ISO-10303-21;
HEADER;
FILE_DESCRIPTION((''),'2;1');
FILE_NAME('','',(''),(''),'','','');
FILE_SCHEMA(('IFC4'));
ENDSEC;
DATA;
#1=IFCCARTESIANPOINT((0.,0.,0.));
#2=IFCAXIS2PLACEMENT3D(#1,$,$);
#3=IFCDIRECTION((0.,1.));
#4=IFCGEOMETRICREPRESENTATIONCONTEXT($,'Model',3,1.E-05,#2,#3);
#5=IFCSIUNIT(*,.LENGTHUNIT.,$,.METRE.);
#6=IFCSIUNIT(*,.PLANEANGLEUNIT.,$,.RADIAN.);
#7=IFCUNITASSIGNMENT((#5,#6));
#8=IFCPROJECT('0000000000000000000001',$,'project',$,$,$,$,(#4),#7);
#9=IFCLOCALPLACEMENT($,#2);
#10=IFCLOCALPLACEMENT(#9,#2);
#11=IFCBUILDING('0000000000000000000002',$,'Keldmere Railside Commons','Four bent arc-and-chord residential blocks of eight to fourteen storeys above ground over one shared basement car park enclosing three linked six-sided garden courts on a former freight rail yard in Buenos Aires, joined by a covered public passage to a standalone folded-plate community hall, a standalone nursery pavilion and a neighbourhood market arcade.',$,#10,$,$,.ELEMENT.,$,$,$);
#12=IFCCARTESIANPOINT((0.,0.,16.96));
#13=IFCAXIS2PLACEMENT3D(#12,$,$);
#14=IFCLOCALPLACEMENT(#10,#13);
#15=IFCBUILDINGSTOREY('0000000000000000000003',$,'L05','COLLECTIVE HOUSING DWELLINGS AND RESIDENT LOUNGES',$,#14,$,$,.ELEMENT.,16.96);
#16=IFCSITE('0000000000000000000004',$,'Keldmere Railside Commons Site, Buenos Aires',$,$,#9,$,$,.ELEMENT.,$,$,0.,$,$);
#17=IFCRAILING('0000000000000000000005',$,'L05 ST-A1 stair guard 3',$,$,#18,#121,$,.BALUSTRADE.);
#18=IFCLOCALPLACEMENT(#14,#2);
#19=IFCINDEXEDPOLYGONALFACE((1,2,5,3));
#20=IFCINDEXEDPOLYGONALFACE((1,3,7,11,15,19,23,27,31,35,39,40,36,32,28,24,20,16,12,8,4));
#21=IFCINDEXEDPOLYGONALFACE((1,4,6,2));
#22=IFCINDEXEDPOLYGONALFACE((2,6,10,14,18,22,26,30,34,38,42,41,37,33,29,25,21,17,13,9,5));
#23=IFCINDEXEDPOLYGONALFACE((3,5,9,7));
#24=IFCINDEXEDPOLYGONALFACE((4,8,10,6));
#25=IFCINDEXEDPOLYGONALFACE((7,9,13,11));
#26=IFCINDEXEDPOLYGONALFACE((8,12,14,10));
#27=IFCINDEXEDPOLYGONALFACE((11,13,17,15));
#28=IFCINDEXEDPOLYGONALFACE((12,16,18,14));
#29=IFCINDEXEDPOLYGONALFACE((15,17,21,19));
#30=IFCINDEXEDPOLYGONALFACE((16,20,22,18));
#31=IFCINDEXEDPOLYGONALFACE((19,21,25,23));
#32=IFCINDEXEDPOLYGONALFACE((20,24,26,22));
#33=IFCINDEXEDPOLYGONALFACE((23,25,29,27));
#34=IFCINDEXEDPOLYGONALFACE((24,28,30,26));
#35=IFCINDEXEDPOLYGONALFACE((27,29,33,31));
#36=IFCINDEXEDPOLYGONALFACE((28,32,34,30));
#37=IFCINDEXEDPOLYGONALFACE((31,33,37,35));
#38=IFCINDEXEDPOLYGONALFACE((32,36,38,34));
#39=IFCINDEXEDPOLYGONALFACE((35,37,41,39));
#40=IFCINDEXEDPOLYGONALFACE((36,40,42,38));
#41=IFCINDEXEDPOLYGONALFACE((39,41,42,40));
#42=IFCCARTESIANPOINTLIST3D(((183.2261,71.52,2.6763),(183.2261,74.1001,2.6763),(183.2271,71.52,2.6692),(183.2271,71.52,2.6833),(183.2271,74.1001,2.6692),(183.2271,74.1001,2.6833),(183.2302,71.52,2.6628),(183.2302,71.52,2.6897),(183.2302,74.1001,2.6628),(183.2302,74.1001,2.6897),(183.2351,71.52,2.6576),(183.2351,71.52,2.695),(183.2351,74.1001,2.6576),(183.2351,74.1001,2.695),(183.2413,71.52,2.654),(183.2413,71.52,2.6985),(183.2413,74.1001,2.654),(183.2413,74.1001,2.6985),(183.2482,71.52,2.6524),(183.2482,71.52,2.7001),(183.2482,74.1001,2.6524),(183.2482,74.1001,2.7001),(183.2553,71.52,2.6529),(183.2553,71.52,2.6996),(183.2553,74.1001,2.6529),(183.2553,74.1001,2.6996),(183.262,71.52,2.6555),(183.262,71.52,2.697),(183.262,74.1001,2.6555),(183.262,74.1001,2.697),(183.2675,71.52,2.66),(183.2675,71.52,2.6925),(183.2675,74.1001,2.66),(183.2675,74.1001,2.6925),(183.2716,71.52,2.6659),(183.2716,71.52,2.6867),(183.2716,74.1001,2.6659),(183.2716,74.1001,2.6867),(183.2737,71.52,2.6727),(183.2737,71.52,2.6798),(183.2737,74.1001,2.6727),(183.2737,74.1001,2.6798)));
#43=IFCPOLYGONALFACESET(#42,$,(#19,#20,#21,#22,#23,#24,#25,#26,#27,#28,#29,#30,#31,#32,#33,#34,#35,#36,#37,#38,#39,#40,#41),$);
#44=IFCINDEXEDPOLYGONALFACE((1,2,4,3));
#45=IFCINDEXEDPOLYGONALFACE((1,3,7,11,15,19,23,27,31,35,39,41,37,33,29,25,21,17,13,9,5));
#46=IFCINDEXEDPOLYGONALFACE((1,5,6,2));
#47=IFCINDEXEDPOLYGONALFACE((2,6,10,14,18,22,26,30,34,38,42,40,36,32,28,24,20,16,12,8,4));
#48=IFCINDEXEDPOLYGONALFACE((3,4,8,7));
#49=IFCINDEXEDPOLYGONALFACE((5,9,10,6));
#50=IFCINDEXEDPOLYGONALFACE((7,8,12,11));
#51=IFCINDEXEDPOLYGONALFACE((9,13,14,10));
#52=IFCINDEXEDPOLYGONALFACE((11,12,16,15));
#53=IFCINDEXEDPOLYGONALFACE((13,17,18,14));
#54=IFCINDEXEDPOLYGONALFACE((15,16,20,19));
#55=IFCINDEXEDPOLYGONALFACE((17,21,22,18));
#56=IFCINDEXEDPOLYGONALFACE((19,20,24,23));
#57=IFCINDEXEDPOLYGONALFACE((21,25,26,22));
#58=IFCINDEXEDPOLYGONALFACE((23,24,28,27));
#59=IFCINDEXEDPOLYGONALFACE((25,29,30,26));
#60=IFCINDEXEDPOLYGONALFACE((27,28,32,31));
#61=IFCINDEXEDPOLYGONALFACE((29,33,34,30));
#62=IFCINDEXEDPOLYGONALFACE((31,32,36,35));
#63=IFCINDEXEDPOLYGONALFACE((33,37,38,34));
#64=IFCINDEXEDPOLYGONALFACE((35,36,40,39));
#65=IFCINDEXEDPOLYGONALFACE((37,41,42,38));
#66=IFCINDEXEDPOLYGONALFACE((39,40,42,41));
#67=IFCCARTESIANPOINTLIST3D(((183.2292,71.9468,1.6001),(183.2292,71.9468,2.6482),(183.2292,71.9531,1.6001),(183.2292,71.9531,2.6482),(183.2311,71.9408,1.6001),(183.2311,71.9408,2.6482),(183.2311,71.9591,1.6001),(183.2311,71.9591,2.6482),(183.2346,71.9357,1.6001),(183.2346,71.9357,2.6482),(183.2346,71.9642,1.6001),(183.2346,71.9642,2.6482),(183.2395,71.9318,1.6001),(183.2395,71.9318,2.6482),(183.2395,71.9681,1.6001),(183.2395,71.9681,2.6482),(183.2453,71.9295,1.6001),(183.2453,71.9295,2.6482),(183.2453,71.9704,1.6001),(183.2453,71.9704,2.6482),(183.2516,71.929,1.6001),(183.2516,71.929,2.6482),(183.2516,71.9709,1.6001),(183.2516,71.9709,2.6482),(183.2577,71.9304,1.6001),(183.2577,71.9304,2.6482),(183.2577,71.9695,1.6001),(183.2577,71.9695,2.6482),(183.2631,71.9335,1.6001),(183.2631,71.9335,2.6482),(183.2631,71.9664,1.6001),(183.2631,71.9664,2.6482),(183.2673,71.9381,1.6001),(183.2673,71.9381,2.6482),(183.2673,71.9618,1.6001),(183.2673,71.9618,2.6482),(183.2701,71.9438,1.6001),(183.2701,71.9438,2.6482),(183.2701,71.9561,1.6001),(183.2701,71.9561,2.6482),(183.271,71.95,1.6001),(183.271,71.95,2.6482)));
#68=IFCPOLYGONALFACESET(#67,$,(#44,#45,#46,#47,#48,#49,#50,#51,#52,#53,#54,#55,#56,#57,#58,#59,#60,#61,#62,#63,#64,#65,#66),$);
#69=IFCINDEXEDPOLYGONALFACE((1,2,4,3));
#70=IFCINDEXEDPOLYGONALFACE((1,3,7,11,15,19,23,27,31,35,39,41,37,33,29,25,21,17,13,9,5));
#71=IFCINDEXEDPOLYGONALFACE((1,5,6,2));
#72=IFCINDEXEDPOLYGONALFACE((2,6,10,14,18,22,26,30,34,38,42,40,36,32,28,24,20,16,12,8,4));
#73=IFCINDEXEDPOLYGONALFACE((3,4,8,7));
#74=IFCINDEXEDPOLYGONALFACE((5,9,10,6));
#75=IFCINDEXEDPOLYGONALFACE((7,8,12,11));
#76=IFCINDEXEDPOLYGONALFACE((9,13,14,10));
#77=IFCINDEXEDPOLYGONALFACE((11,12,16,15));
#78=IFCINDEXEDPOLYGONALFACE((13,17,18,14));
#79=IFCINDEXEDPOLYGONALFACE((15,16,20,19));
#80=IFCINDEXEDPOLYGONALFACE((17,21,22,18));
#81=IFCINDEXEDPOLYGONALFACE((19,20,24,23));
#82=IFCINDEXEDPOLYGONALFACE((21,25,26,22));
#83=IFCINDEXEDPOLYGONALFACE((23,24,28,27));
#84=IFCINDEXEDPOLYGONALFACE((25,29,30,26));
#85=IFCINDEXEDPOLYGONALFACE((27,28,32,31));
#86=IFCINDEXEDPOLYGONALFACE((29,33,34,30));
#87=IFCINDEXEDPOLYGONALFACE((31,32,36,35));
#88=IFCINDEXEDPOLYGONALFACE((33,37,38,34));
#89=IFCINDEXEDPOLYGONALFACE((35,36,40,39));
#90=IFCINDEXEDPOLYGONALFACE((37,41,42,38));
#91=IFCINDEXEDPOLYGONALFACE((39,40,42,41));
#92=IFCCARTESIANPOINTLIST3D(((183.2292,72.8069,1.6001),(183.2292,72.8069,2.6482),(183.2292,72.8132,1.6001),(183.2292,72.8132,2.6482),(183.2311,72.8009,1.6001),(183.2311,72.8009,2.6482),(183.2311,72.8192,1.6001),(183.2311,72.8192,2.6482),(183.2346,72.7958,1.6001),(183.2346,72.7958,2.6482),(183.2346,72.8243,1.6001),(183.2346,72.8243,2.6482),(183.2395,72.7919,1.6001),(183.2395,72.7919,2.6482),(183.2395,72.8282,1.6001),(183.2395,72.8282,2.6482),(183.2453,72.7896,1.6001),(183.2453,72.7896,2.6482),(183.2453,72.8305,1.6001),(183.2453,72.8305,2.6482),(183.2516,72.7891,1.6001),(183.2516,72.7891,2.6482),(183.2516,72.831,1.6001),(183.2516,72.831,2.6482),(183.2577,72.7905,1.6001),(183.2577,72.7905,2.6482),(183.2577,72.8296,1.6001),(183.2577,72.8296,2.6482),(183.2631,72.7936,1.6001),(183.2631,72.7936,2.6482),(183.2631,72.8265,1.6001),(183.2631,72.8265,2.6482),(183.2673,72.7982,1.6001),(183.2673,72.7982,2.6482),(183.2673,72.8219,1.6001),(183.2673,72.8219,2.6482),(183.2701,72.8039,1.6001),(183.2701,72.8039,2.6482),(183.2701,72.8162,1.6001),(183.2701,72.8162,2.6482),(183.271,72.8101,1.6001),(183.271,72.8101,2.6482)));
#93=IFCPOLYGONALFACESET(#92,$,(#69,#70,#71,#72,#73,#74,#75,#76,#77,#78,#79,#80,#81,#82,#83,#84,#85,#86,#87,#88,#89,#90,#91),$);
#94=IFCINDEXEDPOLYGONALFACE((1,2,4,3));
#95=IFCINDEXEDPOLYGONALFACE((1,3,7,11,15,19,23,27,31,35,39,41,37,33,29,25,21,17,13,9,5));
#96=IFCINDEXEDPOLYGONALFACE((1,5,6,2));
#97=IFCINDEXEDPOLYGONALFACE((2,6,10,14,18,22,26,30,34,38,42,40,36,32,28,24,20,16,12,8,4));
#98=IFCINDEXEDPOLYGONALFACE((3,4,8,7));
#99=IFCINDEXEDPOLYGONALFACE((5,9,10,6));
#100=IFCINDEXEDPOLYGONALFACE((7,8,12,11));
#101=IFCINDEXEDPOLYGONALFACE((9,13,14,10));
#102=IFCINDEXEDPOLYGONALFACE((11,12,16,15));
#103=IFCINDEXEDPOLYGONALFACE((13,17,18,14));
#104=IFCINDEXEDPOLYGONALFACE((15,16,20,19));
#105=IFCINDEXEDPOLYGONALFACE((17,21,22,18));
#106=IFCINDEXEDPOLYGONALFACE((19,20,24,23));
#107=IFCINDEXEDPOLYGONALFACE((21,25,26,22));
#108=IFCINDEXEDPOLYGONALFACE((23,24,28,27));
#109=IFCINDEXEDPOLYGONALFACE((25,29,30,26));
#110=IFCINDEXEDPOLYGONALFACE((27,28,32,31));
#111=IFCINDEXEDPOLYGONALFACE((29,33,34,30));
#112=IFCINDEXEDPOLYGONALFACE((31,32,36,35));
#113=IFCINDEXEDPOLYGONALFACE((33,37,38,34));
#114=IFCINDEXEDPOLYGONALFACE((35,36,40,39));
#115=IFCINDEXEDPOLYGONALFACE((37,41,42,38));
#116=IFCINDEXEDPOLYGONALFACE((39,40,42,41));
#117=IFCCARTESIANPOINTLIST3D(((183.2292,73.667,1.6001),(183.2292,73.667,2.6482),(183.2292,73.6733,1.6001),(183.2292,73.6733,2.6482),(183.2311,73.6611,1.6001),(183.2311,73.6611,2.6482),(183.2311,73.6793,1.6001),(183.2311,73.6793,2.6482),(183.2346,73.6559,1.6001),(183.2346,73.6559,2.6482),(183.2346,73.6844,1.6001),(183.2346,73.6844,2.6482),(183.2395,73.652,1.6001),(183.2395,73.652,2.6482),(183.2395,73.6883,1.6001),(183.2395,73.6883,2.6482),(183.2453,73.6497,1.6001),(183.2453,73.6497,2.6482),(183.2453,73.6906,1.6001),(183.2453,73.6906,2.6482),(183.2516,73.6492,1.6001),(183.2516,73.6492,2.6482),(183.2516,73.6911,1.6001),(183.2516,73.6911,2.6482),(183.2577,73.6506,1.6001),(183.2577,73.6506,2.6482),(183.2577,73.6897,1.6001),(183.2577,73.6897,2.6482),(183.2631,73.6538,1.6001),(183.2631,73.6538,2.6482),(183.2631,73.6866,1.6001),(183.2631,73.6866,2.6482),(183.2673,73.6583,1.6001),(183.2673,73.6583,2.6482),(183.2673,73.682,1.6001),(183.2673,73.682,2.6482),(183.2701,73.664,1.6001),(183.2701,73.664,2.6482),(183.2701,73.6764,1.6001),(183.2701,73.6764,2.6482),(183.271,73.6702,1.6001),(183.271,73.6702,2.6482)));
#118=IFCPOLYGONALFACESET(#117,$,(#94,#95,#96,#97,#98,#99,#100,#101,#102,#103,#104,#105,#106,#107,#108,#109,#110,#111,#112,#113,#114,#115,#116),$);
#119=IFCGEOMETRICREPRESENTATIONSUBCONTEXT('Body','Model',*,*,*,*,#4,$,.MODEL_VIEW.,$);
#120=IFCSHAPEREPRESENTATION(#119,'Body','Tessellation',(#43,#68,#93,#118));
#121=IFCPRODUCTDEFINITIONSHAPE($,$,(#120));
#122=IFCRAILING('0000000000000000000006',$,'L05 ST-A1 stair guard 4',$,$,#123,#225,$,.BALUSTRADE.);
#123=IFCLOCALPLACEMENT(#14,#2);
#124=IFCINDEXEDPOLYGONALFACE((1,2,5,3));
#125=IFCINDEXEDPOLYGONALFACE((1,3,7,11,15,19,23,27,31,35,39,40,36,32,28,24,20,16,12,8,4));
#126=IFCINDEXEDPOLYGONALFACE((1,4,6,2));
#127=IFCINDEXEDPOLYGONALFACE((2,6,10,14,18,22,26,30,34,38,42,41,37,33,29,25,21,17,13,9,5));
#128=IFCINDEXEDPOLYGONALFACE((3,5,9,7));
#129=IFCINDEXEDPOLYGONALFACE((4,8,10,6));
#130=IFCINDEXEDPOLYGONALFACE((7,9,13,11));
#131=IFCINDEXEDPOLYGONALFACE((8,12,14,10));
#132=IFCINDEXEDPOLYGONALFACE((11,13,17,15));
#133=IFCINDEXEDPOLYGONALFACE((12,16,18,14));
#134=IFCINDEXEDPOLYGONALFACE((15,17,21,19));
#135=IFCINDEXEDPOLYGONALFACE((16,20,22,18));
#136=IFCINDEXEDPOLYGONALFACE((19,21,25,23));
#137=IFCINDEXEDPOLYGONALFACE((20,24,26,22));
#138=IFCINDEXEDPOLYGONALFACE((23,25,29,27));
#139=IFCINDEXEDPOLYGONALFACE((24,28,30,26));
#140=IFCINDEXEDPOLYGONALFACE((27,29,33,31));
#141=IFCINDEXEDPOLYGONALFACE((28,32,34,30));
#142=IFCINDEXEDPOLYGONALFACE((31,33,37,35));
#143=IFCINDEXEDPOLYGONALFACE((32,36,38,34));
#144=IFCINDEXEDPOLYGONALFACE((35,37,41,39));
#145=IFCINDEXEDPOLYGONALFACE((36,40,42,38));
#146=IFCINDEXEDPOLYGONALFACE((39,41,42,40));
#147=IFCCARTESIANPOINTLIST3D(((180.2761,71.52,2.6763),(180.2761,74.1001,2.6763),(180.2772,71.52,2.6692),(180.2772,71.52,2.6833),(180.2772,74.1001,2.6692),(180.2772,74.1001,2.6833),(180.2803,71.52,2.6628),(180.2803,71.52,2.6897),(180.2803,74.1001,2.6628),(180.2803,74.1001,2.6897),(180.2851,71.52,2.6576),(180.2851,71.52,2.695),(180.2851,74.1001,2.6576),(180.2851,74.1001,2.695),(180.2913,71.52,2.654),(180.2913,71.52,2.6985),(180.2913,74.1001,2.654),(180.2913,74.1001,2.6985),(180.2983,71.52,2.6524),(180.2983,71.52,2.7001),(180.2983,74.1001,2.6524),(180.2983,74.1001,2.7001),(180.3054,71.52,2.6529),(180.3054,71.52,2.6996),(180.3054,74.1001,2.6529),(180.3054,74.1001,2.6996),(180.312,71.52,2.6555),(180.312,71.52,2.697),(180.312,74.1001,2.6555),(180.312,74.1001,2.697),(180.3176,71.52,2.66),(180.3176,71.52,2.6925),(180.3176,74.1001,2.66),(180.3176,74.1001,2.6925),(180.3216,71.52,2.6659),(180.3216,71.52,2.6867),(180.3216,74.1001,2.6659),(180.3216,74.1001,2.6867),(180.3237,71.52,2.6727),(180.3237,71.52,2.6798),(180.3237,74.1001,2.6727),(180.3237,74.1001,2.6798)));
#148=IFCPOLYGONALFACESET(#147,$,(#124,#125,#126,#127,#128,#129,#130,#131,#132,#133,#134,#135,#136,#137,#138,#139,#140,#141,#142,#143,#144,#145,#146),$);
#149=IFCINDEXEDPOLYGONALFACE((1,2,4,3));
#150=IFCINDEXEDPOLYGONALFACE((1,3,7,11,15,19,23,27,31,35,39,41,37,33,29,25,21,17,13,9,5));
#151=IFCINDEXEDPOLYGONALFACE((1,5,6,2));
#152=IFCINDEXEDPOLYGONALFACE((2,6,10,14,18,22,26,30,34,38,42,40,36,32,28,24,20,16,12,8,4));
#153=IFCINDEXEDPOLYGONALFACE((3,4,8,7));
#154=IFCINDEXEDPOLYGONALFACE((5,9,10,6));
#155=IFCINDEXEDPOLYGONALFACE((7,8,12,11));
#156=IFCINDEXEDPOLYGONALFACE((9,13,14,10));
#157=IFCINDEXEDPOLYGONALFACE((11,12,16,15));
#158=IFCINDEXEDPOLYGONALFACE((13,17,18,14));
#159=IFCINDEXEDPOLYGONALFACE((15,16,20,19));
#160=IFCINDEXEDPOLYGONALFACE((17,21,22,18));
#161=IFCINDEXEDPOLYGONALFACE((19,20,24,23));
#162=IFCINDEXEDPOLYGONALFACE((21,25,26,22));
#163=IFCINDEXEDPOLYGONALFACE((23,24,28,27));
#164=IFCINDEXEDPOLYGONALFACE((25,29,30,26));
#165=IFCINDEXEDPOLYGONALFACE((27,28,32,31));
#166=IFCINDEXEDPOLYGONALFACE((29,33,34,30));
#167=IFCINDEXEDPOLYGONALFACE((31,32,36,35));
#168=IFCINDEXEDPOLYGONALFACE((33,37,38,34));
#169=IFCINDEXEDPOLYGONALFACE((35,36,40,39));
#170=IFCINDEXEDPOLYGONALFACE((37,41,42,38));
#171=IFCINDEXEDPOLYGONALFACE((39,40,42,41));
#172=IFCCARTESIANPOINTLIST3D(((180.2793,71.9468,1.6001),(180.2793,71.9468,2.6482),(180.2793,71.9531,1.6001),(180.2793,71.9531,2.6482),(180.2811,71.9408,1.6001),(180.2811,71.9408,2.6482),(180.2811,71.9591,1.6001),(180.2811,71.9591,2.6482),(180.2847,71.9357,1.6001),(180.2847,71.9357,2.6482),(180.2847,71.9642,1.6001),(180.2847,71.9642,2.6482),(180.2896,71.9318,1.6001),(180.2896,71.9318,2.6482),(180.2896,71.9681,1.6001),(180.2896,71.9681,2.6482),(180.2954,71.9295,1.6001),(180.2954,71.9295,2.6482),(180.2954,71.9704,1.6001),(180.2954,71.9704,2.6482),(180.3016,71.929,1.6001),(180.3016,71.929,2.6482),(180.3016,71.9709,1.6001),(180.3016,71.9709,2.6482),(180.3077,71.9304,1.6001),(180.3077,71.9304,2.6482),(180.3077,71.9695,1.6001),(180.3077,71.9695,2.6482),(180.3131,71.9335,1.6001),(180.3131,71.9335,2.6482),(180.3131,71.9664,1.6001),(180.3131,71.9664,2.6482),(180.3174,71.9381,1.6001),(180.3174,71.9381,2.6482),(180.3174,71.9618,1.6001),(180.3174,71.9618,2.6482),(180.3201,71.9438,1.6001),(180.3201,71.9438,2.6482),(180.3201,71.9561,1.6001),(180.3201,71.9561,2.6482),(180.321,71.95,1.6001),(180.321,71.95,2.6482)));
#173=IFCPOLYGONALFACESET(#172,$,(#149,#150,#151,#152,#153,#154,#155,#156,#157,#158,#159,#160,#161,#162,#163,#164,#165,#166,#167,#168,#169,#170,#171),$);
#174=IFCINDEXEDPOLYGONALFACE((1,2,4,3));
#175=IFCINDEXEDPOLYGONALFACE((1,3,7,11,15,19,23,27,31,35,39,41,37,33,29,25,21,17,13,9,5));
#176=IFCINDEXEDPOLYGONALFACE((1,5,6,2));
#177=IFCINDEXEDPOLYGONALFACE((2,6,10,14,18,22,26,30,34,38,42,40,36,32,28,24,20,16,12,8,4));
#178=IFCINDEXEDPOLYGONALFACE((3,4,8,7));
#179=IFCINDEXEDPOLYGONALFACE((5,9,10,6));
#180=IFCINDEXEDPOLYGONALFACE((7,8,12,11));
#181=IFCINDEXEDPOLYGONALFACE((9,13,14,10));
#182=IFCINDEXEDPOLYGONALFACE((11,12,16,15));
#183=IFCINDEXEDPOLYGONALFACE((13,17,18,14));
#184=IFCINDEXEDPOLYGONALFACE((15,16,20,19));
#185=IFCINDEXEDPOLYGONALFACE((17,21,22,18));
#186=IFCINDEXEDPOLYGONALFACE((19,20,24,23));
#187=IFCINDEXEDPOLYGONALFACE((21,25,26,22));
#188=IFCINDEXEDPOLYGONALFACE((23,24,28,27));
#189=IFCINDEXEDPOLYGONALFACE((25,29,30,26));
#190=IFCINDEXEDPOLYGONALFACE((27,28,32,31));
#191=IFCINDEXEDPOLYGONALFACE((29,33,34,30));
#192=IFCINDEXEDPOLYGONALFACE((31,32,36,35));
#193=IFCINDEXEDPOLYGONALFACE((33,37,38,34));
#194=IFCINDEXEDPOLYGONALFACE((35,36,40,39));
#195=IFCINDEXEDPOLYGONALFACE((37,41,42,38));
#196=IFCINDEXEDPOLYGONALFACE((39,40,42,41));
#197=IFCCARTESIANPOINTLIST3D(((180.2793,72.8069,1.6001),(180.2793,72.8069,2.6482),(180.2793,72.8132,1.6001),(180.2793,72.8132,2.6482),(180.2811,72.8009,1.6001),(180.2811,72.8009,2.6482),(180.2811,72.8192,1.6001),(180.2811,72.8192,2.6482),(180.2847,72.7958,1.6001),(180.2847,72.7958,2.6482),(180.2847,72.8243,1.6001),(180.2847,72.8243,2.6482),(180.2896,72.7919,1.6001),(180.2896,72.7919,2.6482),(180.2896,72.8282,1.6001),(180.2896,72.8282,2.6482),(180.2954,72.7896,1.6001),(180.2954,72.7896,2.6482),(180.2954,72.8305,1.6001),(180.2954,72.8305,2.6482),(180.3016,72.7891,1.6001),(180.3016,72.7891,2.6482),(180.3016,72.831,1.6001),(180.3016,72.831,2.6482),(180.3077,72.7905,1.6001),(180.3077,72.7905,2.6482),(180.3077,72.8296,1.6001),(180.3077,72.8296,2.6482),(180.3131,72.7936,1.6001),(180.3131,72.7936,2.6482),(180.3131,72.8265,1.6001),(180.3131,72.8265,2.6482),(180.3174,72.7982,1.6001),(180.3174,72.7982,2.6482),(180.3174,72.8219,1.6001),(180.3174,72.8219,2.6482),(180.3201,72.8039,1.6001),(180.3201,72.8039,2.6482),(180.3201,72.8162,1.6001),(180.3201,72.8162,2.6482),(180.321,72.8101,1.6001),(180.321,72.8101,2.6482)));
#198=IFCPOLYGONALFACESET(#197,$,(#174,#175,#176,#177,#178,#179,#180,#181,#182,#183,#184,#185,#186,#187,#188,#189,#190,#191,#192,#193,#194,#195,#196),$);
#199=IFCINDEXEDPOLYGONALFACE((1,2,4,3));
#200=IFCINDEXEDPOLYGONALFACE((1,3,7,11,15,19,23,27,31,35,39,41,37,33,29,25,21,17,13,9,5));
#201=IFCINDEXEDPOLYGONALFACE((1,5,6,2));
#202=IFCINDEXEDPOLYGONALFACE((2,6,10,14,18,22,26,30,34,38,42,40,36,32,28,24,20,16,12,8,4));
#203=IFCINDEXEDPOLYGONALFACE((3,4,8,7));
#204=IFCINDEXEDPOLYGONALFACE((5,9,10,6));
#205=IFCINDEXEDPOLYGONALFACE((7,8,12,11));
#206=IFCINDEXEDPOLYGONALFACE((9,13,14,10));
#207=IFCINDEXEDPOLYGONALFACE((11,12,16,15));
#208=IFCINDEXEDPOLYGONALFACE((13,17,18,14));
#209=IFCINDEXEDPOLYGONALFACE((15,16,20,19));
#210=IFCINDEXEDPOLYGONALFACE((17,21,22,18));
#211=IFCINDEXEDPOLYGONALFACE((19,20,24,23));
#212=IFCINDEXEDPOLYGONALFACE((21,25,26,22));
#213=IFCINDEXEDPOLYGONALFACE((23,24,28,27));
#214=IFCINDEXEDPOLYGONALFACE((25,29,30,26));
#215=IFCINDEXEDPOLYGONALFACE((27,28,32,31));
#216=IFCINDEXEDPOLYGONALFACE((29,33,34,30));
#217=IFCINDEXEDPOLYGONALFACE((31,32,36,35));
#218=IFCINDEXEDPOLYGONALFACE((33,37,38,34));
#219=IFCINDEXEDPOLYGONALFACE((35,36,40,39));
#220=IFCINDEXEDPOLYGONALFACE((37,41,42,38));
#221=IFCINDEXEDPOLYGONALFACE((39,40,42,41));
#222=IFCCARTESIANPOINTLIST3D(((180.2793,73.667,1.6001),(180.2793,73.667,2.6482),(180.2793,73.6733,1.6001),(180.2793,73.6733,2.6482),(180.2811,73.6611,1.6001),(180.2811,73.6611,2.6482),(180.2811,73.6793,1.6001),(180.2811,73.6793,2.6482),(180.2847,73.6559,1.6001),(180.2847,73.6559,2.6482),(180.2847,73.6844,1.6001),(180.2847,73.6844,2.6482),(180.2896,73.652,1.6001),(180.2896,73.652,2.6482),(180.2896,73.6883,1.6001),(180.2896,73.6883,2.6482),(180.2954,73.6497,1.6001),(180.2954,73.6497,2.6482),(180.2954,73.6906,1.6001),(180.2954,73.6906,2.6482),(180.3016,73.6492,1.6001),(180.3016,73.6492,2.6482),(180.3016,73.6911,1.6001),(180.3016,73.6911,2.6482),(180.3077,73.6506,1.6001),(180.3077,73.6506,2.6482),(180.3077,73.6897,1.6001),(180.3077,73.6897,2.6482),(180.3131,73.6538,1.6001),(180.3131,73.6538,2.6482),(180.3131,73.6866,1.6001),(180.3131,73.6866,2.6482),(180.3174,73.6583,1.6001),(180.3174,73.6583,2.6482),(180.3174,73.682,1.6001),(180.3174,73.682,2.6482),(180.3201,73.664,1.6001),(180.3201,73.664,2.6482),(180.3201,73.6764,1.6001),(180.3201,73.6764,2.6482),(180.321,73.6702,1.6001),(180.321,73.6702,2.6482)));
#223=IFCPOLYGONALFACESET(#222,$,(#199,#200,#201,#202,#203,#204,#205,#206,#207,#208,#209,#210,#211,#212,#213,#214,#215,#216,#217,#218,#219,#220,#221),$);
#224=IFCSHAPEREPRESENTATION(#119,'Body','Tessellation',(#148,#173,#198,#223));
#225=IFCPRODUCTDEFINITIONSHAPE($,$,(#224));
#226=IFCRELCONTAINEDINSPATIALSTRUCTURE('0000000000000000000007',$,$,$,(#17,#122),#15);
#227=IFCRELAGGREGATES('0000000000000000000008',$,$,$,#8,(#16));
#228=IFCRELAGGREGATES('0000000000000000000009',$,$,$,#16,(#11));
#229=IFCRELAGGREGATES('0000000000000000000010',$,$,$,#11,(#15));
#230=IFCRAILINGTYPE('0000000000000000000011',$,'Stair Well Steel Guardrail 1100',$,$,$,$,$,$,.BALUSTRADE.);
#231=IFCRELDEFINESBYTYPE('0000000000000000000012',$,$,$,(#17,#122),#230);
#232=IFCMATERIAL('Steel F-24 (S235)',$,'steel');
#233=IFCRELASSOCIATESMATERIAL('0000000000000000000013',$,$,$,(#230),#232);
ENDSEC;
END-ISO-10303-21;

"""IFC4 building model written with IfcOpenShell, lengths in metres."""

from ifc_helpers import new_model, si_unit, direction, frame, origin, origin_2d, place, context, subcontext, project, spatial, circle, extrude, material, type_object, element, save


model = new_model("IFC4")

# Units and contexts
model_context = context("Model", 3, precision=1e-05, world=origin(), true_north=direction((0.0, 1.0)))
body_context = subcontext(model_context, "Body", "Model", "MODEL_VIEW")
ifc_project = project(units=[si_unit("LENGTHUNIT", "METRE"), si_unit("PLANEANGLEUNIT", "RADIAN")], contexts=[model_context])

# Site, building, storey
site_placement = place(None, origin())
site = spatial("IfcSite", under=ifc_project, at=site_placement, Name="Keldmere Railside Commons Site, Buenos Aires", CompositionType="ELEMENT", RefElevation=0.0)
building_placement = place(site_placement, origin())
building = spatial("IfcBuilding", under=site, at=building_placement, Name="Keldmere Railside Commons", Description="Four bent arc-and-chord residential blocks of eight to fourteen storeys above ground over one shared basement car park enclosing three linked six-sided garden courts on a former freight rail yard in Buenos Aires, joined by a covered public passage to a standalone folded-plate community hall, a standalone nursery pavilion and a neighbourhood market arcade.", CompositionType="ELEMENT")
storey_placement = place(building_placement, frame((0.0, 0.0, 16.96)))
storey = spatial("IfcBuildingStorey", under=building, at=storey_placement, Name="L05", Description="COLLECTIVE HOUSING DWELLINGS AND RESIDENT LOUNGES", CompositionType="ELEMENT", Elevation=16.96)

# Shared definitions
ifc_material_1 = material(Name="Steel F-24 (S235)", Category="steel")

# Railings
railing_type_1 = type_object("IfcRailingType", Name="Stair Well Steel Guardrail 1100", PredefinedType="BALUSTRADE", material=ifc_material_1)
for number, where, name in (
    (1, (183.25, 71.52, 1.6001), "L05 ST-A1 stair guard 3"),
    (2, (180.3, 71.52, 1.6001), "L05 ST-A1 stair guard 4"),
):
    element("IfcRailing", number, at=place(storey_placement, frame(where)), inside=storey, type_object=railing_type_1, Name=name, PredefinedType="BALUSTRADE", context=body_context, shape_type="SweptSolid", body=[
        extrude(circle(Radius=0.0239, at=origin_2d()), frame((0.0, 0.0, 1.0762), z_axis=(0.0, 1.0, 0.0), x_axis=(-1.0, 0.0, 0.0)), (0.0, 0.0, 1.0), 2.5801),
        extrude(circle(Radius=0.021, at=origin_2d()), frame((0.0, 0.4299, 0.0)), (0.0, 0.0, 1.0), 1.0481),
        extrude(circle(Radius=0.021, at=origin_2d()), frame((0.0, 1.29, 0.0)), (0.0, 0.0, 1.0), 1.0481),
        extrude(circle(Radius=0.021, at=origin_2d()), frame((0.0, 2.1501, 0.0)), (0.0, 0.0, 1.0), 1.0481),
    ])

save(model, "model.ifc")
